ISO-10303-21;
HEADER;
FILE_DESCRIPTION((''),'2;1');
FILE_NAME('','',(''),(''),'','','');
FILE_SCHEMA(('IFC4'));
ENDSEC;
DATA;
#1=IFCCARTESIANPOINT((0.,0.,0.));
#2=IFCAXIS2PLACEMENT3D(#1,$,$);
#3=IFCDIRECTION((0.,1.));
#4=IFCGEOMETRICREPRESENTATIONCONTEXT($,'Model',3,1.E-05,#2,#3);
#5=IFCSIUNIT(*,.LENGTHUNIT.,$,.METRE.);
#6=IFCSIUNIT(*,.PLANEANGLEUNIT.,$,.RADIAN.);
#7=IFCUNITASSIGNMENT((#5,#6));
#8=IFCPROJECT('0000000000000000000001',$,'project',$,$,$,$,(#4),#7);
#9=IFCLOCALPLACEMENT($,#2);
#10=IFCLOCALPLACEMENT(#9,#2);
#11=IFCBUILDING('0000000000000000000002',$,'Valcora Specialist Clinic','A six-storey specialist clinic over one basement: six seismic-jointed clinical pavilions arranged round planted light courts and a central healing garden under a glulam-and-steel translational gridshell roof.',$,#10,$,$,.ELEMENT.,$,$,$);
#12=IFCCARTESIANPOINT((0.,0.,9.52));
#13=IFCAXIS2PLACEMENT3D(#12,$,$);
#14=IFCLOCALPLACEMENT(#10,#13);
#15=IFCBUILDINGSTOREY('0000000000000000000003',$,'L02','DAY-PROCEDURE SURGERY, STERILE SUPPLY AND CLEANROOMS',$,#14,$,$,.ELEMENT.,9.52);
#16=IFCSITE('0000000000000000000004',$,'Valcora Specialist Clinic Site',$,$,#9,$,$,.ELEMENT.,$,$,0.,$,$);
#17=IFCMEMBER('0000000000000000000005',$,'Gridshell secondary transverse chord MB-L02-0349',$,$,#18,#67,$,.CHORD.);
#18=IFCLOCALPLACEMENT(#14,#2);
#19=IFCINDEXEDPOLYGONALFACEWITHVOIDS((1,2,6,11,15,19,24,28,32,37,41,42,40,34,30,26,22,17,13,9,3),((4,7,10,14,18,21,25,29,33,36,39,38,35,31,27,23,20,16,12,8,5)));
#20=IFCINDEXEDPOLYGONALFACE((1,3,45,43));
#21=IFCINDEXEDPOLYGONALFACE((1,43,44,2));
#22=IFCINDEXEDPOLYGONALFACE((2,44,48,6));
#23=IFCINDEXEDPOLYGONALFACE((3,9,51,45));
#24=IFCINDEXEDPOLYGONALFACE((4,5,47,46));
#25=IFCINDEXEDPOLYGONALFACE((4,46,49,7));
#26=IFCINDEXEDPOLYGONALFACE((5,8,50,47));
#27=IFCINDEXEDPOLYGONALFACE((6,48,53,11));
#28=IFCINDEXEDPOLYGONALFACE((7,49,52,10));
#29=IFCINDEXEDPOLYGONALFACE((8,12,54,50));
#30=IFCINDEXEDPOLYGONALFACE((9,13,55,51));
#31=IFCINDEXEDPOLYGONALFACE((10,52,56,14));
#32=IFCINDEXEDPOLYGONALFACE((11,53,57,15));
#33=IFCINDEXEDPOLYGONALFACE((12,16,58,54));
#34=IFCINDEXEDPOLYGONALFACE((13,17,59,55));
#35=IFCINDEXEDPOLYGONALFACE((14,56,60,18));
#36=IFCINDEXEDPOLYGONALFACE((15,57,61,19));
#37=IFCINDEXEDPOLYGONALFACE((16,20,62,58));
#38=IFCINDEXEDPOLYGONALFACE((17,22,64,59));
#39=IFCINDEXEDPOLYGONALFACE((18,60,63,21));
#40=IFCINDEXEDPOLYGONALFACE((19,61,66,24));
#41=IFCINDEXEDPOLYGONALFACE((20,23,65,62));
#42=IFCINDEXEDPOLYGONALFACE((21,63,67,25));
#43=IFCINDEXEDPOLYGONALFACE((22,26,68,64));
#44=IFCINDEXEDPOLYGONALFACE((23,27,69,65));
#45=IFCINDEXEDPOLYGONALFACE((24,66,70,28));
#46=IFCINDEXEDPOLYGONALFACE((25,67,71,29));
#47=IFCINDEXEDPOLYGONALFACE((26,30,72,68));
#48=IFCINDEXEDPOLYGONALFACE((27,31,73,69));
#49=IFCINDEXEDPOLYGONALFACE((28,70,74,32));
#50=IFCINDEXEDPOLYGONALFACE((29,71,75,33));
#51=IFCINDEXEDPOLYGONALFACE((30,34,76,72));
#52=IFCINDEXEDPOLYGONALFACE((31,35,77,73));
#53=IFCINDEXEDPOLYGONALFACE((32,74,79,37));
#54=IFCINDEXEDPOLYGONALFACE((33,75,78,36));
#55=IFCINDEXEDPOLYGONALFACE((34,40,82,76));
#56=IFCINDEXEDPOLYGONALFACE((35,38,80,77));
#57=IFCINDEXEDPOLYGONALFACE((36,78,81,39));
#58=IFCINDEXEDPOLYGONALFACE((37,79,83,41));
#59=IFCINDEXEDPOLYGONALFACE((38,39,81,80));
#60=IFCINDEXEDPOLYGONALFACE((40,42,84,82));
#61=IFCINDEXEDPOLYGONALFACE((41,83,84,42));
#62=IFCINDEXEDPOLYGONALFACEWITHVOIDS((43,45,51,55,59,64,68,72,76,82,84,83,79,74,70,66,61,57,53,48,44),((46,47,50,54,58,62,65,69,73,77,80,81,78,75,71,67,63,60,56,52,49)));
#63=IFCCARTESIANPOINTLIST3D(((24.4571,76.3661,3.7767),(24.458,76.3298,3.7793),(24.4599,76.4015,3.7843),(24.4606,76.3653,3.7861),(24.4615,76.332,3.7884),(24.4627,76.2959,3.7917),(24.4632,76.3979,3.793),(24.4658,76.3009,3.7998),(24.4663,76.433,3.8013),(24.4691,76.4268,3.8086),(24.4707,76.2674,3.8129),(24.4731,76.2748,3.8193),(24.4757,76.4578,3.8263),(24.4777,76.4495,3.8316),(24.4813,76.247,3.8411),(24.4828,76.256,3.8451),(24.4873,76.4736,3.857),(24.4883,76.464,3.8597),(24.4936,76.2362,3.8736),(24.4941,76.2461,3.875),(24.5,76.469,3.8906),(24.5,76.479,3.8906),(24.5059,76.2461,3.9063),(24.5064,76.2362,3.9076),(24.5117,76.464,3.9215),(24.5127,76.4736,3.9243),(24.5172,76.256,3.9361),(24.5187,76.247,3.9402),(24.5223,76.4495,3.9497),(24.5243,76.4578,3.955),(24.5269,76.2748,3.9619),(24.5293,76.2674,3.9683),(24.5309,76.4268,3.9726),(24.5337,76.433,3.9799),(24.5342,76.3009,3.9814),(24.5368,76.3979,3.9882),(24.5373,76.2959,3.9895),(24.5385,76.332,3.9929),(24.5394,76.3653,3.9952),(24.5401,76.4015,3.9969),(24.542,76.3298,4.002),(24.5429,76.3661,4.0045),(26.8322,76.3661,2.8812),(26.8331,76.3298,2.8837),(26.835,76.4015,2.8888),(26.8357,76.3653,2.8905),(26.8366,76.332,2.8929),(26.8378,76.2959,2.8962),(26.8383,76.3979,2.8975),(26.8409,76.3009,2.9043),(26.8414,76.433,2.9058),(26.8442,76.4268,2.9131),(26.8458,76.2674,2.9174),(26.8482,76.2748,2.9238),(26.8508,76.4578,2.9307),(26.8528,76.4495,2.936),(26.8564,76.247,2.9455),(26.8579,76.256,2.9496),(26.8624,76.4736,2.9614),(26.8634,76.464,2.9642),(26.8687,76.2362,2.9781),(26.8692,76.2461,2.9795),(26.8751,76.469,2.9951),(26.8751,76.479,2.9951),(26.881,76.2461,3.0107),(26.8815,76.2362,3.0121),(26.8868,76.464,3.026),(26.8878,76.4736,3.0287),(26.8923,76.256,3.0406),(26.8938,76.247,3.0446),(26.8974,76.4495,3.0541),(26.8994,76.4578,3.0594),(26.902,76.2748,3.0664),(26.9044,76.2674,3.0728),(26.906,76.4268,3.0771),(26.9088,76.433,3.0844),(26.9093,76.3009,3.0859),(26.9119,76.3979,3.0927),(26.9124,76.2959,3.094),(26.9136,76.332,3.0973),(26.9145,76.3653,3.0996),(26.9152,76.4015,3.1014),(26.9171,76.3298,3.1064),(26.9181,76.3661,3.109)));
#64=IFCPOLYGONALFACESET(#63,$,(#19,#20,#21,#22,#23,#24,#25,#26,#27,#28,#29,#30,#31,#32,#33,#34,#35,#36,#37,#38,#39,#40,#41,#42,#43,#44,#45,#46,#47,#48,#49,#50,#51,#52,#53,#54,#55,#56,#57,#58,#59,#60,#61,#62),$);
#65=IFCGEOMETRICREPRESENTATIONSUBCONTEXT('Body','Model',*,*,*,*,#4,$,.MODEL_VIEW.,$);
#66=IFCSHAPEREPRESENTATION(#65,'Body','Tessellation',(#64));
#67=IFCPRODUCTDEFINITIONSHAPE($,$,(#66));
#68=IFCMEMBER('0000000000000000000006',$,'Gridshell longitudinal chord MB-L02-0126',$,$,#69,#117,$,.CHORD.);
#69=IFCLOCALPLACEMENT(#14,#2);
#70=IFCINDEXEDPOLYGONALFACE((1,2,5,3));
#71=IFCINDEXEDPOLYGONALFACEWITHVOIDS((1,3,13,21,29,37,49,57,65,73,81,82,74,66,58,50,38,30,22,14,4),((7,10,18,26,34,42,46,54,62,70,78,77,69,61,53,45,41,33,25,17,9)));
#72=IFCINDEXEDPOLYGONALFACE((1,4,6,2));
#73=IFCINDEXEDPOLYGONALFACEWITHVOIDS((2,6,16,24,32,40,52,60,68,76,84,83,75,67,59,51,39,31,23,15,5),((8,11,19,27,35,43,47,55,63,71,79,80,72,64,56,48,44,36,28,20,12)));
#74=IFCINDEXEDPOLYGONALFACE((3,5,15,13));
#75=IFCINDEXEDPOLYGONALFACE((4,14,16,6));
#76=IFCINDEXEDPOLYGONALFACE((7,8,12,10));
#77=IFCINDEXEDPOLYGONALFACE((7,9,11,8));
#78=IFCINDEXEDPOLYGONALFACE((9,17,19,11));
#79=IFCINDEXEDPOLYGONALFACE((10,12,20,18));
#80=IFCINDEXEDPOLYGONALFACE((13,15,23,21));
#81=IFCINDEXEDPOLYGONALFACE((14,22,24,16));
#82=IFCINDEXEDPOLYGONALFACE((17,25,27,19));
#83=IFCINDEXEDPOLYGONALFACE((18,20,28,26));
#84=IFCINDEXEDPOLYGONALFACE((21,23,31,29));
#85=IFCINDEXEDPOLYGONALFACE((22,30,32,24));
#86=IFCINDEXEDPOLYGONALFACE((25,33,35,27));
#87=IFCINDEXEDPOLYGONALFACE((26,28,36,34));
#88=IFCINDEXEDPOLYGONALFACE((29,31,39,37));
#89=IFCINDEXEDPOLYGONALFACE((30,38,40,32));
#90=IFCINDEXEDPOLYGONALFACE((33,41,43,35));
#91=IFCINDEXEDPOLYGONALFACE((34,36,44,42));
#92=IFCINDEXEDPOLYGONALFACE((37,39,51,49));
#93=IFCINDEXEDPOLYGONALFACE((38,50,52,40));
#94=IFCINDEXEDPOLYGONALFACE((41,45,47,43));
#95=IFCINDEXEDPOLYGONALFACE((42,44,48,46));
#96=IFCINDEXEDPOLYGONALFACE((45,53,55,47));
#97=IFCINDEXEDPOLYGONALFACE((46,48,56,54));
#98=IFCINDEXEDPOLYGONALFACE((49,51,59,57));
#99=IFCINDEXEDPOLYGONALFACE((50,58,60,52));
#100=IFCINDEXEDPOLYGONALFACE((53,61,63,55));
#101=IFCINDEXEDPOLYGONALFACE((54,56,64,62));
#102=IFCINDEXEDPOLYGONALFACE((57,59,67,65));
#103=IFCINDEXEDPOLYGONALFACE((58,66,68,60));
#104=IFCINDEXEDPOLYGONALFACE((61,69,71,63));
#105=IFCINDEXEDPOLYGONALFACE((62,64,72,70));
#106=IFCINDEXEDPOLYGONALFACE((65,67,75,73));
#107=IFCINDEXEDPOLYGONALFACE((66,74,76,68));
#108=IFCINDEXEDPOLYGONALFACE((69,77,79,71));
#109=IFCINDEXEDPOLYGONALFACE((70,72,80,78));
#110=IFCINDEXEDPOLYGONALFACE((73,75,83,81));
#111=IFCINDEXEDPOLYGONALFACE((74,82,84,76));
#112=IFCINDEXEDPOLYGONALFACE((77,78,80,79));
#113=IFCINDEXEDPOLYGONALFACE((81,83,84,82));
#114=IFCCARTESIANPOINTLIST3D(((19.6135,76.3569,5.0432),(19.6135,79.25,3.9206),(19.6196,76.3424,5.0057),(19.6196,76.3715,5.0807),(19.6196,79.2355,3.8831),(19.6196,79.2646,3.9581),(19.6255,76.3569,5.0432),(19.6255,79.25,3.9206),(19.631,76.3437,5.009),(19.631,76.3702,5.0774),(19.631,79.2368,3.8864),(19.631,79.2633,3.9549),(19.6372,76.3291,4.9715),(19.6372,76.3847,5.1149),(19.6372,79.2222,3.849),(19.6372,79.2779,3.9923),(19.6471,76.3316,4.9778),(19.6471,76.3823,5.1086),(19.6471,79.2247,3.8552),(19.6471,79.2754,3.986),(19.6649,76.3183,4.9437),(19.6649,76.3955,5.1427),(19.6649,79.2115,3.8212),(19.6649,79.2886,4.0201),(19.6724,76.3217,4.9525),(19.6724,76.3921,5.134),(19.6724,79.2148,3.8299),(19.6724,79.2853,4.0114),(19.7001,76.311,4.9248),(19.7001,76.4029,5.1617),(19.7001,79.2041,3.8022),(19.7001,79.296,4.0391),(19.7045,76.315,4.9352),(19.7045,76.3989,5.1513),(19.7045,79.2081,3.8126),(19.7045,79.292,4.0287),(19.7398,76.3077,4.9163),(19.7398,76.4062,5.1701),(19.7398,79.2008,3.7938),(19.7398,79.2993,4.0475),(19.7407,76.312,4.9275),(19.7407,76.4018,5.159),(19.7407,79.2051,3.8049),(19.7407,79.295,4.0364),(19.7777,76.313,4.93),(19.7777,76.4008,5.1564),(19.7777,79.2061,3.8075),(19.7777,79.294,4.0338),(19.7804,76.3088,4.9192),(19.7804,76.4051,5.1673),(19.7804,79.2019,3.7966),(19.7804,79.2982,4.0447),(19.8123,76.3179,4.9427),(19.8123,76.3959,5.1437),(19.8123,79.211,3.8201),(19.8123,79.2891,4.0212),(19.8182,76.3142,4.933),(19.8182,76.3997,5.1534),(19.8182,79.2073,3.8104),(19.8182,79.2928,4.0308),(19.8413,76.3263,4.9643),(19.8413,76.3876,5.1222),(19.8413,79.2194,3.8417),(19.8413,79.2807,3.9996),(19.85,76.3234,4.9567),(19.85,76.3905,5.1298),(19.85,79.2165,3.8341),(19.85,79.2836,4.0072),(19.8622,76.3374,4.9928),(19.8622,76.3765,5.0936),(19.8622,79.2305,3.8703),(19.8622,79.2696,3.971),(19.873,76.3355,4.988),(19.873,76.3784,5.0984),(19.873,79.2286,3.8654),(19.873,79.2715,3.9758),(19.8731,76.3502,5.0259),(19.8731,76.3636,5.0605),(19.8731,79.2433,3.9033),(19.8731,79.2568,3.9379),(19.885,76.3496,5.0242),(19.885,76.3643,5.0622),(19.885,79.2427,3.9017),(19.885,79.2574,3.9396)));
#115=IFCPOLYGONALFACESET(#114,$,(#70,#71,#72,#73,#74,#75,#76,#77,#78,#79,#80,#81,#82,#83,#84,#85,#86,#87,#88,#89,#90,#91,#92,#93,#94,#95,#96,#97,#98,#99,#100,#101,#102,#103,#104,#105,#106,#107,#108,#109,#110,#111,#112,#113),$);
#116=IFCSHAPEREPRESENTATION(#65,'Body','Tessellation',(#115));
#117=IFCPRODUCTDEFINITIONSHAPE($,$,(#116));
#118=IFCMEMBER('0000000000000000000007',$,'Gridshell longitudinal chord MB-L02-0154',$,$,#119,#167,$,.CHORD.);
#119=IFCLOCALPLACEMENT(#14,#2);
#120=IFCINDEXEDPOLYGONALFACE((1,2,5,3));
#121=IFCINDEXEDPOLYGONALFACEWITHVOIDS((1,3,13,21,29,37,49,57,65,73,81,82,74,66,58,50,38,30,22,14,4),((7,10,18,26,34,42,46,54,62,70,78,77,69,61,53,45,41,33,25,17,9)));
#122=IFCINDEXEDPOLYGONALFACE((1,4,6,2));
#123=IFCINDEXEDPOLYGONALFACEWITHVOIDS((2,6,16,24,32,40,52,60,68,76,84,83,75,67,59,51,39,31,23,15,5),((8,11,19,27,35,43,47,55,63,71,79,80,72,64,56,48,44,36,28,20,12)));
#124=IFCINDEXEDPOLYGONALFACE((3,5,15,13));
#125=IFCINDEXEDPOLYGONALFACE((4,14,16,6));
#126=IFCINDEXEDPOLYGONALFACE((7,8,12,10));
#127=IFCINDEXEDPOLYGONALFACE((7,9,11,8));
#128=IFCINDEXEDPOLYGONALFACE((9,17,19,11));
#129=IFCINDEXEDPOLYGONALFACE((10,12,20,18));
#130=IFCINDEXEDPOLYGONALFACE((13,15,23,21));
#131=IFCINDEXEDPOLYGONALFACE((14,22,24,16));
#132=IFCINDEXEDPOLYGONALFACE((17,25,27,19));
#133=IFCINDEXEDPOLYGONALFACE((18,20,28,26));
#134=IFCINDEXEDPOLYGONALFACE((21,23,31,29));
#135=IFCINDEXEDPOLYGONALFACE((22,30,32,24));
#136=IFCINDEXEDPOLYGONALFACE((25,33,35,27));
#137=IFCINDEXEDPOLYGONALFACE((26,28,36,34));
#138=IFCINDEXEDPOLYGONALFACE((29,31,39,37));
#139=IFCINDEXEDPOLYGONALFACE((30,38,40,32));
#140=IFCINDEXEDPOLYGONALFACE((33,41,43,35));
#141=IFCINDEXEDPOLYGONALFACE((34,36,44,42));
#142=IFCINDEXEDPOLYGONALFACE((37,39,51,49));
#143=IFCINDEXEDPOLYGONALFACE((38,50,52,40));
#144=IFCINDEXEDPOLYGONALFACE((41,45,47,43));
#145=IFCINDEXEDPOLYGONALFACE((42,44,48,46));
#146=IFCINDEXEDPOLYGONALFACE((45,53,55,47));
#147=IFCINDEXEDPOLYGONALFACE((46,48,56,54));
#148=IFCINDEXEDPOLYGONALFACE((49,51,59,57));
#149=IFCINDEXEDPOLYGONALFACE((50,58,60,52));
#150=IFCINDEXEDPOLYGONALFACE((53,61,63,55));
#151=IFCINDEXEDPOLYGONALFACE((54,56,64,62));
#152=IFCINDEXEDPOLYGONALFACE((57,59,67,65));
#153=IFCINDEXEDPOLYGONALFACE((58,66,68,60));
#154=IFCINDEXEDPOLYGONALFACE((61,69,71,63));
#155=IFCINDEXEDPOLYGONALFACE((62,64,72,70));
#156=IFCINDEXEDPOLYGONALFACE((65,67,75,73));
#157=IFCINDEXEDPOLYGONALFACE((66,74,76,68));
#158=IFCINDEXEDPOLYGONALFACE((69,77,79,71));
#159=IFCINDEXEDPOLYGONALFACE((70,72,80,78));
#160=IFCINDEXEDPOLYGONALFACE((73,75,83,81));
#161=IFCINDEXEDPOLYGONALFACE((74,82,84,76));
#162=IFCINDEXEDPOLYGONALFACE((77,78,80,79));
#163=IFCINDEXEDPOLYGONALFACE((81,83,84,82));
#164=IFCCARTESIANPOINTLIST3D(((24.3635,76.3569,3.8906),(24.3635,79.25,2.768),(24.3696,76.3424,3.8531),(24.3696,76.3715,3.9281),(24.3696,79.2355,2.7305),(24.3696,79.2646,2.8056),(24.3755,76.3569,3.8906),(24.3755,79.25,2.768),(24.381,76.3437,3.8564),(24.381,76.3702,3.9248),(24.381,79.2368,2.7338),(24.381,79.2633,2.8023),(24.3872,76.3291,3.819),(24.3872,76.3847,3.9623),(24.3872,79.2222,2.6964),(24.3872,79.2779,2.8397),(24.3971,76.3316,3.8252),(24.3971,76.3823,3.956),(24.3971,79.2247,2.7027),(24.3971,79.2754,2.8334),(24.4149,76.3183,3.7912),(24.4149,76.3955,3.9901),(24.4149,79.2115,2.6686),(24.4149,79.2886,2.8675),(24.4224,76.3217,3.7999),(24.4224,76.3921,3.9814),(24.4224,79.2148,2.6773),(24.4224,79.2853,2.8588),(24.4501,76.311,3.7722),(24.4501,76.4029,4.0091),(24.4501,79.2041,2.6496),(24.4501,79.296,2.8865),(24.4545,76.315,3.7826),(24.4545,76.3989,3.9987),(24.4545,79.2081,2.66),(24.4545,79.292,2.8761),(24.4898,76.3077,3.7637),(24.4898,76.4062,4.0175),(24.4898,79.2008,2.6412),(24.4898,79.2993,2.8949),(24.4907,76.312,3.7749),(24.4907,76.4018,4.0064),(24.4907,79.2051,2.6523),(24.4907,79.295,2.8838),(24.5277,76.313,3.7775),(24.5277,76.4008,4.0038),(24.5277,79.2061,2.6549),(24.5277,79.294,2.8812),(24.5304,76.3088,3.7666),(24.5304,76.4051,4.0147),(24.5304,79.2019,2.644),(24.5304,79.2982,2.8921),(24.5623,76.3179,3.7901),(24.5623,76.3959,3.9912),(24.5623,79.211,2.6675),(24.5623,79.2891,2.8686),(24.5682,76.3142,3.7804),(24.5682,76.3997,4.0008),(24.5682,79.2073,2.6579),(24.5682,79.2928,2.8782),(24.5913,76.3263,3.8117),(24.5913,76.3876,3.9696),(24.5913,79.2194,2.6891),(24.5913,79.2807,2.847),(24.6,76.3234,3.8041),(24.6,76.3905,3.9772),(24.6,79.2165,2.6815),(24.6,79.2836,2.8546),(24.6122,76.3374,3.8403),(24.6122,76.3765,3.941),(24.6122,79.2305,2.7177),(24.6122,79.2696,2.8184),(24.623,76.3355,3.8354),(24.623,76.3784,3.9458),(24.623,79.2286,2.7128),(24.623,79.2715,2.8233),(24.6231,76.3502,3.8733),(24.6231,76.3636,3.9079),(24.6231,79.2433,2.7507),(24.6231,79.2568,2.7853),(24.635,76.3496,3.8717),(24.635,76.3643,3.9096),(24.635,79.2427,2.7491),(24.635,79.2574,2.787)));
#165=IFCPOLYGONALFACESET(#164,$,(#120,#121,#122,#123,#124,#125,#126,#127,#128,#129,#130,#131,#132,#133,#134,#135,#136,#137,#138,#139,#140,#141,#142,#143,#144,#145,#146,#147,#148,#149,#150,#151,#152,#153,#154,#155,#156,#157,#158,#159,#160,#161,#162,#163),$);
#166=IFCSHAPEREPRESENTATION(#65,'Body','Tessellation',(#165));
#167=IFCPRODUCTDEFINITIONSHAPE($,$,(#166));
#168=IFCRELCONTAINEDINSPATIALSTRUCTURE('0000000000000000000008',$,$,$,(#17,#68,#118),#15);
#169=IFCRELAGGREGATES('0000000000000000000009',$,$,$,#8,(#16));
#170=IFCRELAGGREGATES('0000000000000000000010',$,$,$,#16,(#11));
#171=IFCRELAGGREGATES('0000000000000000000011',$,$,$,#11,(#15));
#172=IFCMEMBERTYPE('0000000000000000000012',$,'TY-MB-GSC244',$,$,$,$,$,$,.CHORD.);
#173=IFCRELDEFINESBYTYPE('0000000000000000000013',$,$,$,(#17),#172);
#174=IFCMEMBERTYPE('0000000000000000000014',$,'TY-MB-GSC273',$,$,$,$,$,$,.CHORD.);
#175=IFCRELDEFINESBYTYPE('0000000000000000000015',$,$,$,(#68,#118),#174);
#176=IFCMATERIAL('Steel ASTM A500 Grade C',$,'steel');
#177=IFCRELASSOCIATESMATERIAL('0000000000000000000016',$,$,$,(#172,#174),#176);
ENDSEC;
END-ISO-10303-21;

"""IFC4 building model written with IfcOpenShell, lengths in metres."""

from ifc_helpers import new_model, si_unit, direction, frame, origin, origin_2d, place, context, subcontext, project, spatial, hollow_circle, extrude, material, material_profile, profile_set, type_object, element, save


model = new_model("IFC4")

# Units and contexts
model_context = context("Model", 3, precision=1e-05, world=origin(), true_north=direction((0.0, 1.0)))
body_context = subcontext(model_context, "Body", "Model", "MODEL_VIEW")
ifc_project = project(units=[si_unit("LENGTHUNIT", "METRE"), si_unit("PLANEANGLEUNIT", "RADIAN")], contexts=[model_context])

# Site, building, storey
site_placement = place(None, origin())
site = spatial("IfcSite", under=ifc_project, at=site_placement, Name="Valcora Specialist Clinic Site", CompositionType="ELEMENT", RefElevation=0.0)
building_placement = place(site_placement, origin())
building = spatial("IfcBuilding", under=site, at=building_placement, Name="Valcora Specialist Clinic", Description="A six-storey specialist clinic over one basement: six seismic-jointed clinical pavilions arranged round planted light courts and a central healing garden under a glulam-and-steel translational gridshell roof.", CompositionType="ELEMENT")
storey_placement = place(building_placement, frame((0.0, 0.0, 9.52)))
storey = spatial("IfcBuildingStorey", under=building, at=storey_placement, Name="L02", Description="DAY-PROCEDURE SURGERY, STERILE SUPPLY AND CLEANROOMS", CompositionType="ELEMENT", Elevation=9.52)

# Members
ifc_material_1 = material(Name="Steel ASTM A500 Grade C", Category="steel")
ifc_material_profile_1 = material_profile(ifc_material_1, hollow_circle(Radius=0.1221, WallThickness=0.01, at=origin_2d()), Name="ST-CHS-244X10")
ifc_profile_set_1 = profile_set([ifc_material_profile_1], Name="Steel ASTM A500 Grade C")
member_type_1 = type_object("IfcMemberType", Name="TY-MB-GSC244", PredefinedType="CHORD", material=ifc_profile_set_1)
member_1_placement = place(storey_placement, frame((24.5, 76.3569, 3.8906), z_axis=(0.935695, 0.0, -0.352809), x_axis=(0.0, 1.0, 0.0)))
element("IfcMember", 1, at=member_1_placement, inside=storey, type_object=member_type_1, Name="Gridshell secondary transverse chord MB-L02-0349", PredefinedType="CHORD", context=body_context, shape_type="SweptSolid", body=[
    extrude(hollow_circle(Radius=0.1221, WallThickness=0.01, at=origin_2d()), origin(), (0.0, 0.0, 1.0), 2.5383),
])
ifc_material_profile_2 = material_profile(ifc_material_1, hollow_circle(Radius=0.1365, WallThickness=0.012, at=origin_2d()), Name="ST-CHS-273X12")
ifc_profile_set_2 = profile_set([ifc_material_profile_2], Name="Steel ASTM A500 Grade C")
member_type_2 = type_object("IfcMemberType", Name="TY-MB-GSC273", PredefinedType="CHORD", material=ifc_profile_set_2)
for number, where, z_axis, x_axis, name in (
    (2, (19.75, 76.3569, 5.0432), (0.0, 0.932279, -0.36174), (-1.0, 0.0, 0.0), "Gridshell longitudinal chord MB-L02-0126"),
    (3, (24.5, 76.3569, 3.8906), (0.0, 0.932279, -0.36174), (-1.0, 0.0, 0.0), "Gridshell longitudinal chord MB-L02-0154"),
):
    element("IfcMember", number, at=place(storey_placement, frame(where, z_axis=z_axis, x_axis=x_axis)), inside=storey, type_object=member_type_2, Name=name, PredefinedType="CHORD", context=body_context, shape_type="SweptSolid", body=[
        extrude(hollow_circle(Radius=0.1365, WallThickness=0.012, at=origin_2d()), origin(), (0.0, 0.0, 1.0), 3.1033),
    ])

save(model, "model.ifc")
